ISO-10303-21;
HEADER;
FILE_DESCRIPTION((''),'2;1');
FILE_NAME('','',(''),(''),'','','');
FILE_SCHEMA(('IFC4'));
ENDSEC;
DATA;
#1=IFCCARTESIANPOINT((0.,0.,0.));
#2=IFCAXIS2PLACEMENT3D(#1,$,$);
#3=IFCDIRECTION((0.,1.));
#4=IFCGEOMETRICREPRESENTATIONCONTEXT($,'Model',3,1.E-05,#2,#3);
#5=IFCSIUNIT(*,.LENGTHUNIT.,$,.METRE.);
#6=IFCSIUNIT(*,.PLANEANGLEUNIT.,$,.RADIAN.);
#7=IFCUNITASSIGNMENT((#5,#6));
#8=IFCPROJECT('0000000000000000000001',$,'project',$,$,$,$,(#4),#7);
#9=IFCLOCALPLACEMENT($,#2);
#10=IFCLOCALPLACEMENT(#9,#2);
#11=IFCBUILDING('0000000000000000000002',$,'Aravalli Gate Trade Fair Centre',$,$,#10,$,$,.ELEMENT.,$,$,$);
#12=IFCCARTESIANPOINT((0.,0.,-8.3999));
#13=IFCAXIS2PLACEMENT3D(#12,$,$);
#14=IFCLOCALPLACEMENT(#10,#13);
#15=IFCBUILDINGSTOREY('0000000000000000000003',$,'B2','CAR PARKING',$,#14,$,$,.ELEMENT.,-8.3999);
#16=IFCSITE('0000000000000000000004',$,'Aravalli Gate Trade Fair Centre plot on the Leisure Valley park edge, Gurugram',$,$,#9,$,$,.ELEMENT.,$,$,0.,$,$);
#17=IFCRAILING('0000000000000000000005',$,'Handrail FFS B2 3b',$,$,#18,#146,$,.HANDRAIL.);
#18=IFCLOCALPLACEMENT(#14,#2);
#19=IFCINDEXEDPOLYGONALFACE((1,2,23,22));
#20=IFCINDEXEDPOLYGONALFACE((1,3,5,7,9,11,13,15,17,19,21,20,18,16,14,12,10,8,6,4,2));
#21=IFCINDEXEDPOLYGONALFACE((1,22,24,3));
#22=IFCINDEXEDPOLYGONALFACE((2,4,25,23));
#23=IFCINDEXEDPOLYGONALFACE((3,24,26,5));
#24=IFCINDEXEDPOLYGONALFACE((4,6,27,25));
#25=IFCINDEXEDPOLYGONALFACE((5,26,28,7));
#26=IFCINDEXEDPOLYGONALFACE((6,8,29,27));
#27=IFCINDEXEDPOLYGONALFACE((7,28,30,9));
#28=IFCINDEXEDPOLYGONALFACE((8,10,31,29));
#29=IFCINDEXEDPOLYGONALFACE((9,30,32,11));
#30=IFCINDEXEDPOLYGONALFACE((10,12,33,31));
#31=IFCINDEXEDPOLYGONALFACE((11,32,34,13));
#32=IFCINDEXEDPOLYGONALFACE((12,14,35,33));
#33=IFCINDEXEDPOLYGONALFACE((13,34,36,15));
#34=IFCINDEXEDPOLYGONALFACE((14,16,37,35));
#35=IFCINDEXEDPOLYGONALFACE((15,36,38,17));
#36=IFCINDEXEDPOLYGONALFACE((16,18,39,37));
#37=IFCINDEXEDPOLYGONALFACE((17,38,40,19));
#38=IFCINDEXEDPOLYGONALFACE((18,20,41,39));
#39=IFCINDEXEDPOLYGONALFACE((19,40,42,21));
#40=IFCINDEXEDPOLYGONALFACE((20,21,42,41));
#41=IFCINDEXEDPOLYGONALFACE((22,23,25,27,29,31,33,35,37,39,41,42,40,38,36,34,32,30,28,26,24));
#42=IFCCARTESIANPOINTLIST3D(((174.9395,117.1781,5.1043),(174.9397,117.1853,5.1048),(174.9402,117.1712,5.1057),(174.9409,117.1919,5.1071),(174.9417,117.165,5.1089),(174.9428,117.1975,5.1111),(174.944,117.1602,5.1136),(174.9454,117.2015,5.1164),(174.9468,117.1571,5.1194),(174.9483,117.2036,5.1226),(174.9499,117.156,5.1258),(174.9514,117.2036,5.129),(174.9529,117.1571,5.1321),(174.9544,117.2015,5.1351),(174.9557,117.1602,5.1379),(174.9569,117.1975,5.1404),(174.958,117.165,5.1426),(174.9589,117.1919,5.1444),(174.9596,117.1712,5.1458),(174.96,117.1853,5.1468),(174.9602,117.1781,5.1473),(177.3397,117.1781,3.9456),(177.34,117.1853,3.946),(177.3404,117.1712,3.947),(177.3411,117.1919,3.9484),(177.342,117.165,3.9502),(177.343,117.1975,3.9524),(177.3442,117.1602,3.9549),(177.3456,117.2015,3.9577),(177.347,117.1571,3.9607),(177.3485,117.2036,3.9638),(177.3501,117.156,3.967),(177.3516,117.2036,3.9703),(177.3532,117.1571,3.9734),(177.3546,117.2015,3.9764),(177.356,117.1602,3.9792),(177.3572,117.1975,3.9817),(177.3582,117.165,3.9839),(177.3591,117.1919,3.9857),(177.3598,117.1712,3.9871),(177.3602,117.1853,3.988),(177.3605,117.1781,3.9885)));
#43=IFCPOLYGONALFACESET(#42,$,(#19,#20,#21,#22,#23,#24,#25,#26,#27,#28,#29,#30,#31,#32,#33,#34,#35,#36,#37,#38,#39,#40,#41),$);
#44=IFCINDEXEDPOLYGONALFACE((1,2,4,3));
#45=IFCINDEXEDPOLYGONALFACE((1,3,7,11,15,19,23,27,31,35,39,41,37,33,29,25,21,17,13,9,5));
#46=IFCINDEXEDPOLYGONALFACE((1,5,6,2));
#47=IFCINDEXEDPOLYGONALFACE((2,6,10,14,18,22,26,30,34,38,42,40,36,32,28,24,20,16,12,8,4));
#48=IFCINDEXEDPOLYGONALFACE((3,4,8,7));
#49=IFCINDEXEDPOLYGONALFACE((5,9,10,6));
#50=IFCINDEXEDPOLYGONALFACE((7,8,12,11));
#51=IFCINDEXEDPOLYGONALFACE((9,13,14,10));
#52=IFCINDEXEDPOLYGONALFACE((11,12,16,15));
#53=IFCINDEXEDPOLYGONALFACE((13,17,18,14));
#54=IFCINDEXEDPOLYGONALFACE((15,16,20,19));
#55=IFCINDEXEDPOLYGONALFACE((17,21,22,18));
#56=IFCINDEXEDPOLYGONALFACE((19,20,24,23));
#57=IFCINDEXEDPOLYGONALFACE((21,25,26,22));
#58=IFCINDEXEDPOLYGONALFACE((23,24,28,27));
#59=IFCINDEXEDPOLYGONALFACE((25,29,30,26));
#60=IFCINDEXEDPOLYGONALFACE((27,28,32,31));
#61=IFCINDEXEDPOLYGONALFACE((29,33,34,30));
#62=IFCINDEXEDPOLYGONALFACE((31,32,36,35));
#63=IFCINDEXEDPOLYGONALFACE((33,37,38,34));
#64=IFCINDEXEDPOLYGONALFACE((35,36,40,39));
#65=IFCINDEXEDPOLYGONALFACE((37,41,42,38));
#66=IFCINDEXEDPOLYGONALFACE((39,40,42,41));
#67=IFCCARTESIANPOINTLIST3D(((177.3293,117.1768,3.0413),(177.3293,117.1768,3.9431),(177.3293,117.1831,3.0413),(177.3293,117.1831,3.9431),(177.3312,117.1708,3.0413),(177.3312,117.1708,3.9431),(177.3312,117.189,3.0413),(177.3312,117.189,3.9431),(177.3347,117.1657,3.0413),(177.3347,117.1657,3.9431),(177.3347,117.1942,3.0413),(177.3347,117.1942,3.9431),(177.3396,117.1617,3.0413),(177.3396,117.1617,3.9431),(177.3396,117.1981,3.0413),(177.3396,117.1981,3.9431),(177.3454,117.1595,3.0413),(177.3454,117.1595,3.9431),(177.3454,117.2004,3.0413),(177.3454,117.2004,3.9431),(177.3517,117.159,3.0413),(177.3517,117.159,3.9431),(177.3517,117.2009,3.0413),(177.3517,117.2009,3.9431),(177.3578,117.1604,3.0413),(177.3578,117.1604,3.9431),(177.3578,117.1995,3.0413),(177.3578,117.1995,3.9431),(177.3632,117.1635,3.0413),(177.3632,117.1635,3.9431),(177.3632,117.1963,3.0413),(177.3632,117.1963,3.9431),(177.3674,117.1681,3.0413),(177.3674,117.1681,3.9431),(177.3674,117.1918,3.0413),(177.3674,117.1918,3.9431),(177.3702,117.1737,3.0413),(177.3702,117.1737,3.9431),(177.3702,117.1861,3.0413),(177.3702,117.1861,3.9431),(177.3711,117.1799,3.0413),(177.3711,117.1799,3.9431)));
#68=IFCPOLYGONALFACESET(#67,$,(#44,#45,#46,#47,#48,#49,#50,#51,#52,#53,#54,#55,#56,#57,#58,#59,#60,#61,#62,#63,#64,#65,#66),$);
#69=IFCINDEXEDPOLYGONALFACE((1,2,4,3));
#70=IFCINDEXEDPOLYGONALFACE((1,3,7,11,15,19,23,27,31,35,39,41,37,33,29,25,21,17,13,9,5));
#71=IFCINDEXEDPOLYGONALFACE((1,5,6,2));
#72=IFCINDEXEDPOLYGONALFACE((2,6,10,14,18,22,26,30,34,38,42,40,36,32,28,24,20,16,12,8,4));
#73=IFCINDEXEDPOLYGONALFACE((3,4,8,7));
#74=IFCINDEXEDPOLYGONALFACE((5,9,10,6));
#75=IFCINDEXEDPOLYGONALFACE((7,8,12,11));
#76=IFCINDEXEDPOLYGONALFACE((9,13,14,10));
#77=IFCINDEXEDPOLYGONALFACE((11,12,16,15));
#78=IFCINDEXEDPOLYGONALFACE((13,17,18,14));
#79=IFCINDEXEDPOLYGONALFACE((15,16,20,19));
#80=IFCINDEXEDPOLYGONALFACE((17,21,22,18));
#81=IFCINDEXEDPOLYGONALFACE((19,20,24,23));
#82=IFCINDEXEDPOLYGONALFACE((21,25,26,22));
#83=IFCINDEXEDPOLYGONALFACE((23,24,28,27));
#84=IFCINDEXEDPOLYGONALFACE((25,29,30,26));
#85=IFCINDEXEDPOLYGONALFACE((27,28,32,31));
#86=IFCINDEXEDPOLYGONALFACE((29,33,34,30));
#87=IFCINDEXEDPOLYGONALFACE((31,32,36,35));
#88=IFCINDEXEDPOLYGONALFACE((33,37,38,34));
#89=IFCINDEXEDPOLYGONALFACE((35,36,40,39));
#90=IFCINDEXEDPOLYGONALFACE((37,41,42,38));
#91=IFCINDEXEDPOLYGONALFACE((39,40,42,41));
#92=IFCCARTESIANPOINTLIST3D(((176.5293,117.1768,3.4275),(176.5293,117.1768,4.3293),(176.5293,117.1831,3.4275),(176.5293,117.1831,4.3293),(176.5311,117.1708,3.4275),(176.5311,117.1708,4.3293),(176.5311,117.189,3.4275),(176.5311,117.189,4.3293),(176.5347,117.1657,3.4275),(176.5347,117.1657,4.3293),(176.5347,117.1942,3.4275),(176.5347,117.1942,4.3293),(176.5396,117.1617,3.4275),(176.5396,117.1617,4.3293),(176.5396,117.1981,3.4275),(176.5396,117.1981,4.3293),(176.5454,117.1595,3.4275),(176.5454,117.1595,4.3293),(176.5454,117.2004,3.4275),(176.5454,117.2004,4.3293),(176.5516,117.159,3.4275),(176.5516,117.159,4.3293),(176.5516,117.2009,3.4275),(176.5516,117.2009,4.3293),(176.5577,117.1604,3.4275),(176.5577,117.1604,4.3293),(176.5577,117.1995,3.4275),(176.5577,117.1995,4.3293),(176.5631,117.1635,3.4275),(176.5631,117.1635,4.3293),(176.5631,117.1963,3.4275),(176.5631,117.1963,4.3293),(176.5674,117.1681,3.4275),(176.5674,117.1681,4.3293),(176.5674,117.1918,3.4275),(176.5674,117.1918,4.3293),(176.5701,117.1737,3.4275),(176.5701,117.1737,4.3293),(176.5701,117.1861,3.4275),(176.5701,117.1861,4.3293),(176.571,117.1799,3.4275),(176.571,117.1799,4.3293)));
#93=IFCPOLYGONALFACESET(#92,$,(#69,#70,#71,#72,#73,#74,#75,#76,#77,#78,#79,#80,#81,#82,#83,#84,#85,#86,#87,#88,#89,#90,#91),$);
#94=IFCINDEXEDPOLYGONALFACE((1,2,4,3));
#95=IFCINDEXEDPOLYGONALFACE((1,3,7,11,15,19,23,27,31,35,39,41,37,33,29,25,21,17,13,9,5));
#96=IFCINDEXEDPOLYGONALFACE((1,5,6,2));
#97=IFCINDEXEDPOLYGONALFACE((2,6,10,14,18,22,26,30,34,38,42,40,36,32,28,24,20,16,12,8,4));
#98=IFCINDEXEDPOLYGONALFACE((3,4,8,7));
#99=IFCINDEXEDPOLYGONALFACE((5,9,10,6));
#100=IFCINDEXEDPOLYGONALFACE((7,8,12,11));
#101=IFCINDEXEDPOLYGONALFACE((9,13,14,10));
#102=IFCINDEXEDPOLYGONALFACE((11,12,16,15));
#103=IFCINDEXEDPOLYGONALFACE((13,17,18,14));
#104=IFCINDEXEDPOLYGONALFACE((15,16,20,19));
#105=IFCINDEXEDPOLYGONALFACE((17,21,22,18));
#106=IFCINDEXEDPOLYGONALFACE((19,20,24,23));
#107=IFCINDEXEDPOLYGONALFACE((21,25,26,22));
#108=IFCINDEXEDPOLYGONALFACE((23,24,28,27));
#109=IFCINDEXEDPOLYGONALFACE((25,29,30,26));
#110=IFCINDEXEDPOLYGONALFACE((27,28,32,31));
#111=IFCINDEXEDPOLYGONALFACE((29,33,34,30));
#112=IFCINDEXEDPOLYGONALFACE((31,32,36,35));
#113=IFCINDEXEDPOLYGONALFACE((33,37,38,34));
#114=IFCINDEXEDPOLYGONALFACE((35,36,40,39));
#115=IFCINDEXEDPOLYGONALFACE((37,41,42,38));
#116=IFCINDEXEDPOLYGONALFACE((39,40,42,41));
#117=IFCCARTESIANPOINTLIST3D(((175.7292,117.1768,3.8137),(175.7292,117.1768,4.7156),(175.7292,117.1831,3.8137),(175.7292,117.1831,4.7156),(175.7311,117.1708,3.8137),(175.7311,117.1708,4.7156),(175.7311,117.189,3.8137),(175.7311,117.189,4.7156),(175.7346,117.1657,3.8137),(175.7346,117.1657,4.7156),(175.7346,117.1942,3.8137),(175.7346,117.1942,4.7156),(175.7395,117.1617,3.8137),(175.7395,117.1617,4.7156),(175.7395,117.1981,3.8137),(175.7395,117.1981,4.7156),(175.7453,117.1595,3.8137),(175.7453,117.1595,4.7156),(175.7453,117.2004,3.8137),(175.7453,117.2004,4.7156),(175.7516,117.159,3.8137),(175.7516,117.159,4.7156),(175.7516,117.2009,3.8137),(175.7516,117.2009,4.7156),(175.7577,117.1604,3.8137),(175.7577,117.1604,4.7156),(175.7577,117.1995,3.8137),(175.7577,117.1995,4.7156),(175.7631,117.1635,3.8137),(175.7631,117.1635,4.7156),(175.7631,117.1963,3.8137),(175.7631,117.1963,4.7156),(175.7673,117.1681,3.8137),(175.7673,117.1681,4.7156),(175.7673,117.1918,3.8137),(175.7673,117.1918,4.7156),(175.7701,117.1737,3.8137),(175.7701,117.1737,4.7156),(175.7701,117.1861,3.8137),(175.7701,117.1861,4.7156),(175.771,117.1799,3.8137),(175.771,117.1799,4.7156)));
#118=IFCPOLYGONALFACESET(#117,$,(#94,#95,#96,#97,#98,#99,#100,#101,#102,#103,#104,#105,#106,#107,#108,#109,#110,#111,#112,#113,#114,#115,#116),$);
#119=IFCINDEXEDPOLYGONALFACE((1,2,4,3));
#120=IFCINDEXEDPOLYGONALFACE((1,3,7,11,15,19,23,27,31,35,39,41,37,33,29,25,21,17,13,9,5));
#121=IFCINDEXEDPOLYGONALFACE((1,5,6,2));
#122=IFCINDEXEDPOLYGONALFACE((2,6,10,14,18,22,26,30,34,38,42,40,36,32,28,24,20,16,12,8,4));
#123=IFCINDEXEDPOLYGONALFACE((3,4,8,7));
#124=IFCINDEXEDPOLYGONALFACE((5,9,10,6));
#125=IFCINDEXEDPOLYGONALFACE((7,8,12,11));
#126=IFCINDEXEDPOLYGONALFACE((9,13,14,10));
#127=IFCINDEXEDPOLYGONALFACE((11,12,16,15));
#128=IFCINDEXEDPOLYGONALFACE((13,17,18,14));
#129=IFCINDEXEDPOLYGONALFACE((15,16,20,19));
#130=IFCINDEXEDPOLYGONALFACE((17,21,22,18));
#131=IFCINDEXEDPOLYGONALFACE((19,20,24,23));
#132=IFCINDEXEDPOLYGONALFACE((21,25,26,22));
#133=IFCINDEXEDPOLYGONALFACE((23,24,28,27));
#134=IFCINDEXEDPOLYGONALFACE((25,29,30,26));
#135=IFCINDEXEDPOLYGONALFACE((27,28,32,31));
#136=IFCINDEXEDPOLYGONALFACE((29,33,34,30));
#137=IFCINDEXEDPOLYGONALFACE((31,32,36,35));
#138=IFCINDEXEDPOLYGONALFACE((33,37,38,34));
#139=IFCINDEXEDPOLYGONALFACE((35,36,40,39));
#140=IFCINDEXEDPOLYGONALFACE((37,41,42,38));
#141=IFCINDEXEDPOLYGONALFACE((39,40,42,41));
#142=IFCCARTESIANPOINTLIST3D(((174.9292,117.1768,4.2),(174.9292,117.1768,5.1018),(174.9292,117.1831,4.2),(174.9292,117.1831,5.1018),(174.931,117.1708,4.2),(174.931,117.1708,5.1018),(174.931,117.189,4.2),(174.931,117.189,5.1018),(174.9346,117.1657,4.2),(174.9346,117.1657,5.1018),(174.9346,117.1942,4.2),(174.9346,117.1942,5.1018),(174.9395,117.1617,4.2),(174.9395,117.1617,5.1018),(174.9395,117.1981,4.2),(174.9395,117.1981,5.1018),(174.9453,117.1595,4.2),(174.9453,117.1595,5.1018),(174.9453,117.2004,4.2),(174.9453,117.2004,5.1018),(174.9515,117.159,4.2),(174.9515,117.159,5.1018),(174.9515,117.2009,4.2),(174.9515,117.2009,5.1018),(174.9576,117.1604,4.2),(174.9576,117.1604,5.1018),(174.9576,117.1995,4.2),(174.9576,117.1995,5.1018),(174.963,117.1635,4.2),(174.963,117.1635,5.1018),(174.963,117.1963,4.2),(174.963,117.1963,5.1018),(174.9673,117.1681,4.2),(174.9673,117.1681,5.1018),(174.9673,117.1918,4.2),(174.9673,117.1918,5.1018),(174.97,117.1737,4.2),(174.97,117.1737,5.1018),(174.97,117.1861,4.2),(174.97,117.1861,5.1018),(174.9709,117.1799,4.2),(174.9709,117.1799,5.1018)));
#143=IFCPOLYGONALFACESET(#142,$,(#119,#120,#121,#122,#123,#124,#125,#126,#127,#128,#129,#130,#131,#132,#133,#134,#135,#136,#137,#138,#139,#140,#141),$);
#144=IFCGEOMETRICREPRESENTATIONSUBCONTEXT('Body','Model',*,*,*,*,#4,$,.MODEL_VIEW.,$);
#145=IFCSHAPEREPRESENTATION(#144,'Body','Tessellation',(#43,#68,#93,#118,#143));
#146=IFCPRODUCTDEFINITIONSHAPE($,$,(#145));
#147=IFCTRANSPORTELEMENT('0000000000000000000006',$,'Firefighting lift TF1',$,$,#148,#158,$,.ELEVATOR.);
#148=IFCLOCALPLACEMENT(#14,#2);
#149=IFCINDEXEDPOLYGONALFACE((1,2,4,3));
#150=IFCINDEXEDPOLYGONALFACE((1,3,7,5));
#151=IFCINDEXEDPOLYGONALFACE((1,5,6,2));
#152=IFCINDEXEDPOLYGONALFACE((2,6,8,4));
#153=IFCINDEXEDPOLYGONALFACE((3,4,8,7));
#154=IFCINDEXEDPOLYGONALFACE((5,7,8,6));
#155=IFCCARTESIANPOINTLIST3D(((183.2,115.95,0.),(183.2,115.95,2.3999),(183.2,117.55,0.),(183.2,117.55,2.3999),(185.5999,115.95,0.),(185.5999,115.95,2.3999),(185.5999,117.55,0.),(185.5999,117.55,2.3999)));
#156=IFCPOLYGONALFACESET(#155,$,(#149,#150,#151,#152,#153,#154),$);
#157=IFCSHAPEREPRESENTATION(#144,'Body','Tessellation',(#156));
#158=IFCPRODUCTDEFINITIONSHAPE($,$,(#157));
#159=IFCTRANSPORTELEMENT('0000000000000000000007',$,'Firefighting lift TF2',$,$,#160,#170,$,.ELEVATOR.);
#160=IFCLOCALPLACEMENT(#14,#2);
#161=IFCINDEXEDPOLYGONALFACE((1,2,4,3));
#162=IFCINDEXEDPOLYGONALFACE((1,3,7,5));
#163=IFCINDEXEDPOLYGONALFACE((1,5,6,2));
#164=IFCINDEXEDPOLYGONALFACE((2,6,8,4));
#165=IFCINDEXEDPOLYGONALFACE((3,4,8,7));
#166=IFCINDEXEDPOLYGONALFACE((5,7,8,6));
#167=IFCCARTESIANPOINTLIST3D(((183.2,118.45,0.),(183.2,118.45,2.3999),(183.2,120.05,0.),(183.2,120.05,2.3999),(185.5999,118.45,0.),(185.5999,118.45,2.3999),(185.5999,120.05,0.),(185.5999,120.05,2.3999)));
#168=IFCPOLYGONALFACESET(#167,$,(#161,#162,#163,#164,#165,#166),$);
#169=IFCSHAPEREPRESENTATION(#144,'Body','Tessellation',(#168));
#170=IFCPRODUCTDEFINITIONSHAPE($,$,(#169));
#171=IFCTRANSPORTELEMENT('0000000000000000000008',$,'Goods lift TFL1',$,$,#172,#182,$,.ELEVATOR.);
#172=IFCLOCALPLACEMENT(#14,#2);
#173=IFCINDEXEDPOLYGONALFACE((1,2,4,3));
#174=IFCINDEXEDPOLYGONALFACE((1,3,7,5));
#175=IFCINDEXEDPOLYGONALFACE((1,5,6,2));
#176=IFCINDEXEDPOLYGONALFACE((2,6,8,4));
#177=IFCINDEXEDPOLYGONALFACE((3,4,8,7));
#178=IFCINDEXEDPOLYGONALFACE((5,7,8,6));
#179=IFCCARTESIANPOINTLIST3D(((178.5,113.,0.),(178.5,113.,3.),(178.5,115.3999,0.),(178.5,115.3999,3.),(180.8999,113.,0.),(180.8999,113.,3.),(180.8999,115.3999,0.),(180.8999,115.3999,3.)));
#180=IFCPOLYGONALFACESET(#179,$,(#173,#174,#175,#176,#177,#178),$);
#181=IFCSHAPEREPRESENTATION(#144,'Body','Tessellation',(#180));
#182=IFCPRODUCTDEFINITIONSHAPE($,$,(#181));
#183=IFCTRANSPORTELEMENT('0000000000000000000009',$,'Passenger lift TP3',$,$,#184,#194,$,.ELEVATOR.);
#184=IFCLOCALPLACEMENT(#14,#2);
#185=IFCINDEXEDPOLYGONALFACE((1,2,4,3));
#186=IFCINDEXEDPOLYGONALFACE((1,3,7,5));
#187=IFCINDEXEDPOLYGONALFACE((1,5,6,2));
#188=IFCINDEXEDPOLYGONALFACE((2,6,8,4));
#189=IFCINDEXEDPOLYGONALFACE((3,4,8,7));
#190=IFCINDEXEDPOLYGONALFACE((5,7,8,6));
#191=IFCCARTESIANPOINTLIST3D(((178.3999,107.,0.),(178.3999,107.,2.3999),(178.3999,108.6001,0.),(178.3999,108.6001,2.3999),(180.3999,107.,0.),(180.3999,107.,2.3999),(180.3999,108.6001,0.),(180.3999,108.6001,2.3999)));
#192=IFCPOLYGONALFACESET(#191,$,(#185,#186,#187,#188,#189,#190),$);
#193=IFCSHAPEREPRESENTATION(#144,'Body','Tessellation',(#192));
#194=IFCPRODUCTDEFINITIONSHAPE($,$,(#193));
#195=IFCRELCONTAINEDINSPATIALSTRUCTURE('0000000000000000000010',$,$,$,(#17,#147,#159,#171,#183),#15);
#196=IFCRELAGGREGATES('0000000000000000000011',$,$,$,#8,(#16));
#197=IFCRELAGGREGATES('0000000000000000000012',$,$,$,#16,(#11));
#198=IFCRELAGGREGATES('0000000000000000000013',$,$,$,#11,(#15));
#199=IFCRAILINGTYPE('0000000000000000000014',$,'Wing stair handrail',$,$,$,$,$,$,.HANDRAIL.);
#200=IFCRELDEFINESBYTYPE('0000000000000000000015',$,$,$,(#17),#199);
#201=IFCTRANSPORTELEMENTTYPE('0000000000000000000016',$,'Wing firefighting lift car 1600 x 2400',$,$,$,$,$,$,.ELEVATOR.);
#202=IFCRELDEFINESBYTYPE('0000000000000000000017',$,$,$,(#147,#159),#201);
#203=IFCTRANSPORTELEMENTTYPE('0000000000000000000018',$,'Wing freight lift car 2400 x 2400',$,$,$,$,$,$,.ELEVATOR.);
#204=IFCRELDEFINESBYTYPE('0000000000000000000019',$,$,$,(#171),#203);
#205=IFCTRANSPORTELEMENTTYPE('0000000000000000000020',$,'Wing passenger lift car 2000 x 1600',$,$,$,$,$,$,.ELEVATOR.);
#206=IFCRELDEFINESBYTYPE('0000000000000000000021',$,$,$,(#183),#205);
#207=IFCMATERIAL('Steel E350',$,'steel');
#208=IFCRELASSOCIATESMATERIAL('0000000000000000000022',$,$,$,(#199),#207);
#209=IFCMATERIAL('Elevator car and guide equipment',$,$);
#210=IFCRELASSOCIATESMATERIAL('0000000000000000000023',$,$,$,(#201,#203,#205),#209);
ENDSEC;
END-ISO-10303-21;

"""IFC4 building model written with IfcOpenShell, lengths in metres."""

from ifc_helpers import new_model, si_unit, direction, frame, origin, origin_2d, place, context, subcontext, project, spatial, rectangle, circle, extrude, material, type_object, element, save


model = new_model("IFC4")

# Units and contexts
model_context = context("Model", 3, precision=1e-05, world=origin(), true_north=direction((0.0, 1.0)))
body_context = subcontext(model_context, "Body", "Model", "MODEL_VIEW")
ifc_project = project(units=[si_unit("LENGTHUNIT", "METRE"), si_unit("PLANEANGLEUNIT", "RADIAN")], contexts=[model_context])

# Site, building, storey
site_placement = place(None, origin())
site = spatial("IfcSite", under=ifc_project, at=site_placement, Name="Aravalli Gate Trade Fair Centre plot on the Leisure Valley park edge, Gurugram", CompositionType="ELEMENT", RefElevation=0.0)
building_placement = place(site_placement, origin())
building = spatial("IfcBuilding", under=site, at=building_placement, Name="Aravalli Gate Trade Fair Centre", CompositionType="ELEMENT")
storey_placement = place(building_placement, frame((0.0, 0.0, -8.3999)))
storey = spatial("IfcBuildingStorey", under=building, at=storey_placement, Name="B2", Description="CAR PARKING", CompositionType="ELEMENT", Elevation=-8.3999)

# Railing
ifc_material_1 = material(Name="Steel E350", Category="steel")
railing_type = type_object("IfcRailingType", Name="Wing stair handrail", PredefinedType="HANDRAIL", material=ifc_material_1)
railing_1_placement = place(storey_placement, frame((177.3501, 117.1799, 3.0413)))
element("IfcRailing", 1, at=railing_1_placement, inside=storey, type_object=railing_type, Name="Handrail FFS B2 3b", PredefinedType="HANDRAIL", context=body_context, shape_type="SweptSolid", body=[
    extrude(circle(Radius=0.0239, at=origin_2d()), frame((0.0, 0.0, 0.9258), z_axis=(-0.900552, 0.0, 0.434749), x_axis=(0.0, -1.0, 0.0)), (0.0, 0.0, 1.0), 2.6653),
    extrude(circle(Radius=0.021, at=origin_2d()), origin(), (0.0, 0.0, 1.0), 0.9019),
    extrude(circle(Radius=0.021, at=origin_2d()), frame((-0.8, 0.0, 0.3862)), (0.0, 0.0, 1.0), 0.9019),
    extrude(circle(Radius=0.021, at=origin_2d()), frame((-1.6001, 0.0, 0.7725)), (0.0, 0.0, 1.0), 0.9019),
    extrude(circle(Radius=0.021, at=origin_2d()), frame((-2.4001, 0.0, 1.1587)), (0.0, 0.0, 1.0), 0.9019),
])

# Transport elements
ifc_material_2 = material(Name="Elevator car and guide equipment")
transport_element_type_1 = type_object("IfcTransportElementType", Name="Wing firefighting lift car 1600 x 2400", PredefinedType="ELEVATOR", material=ifc_material_2)
for number, where, z_axis, x_axis, name in (
    (2, (184.3999, 116.75, 0.0), (0.0, 0.0, 1.0), (1.0, 0.0, 0.0), "Firefighting lift TF1"),
    (3, (184.3999, 119.25, 0.0), (0.0, 0.0, 1.0), (1.0, 0.0, 0.0), "Firefighting lift TF2"),
):
    element("IfcTransportElement", number, at=place(storey_placement, frame(where, z_axis=z_axis, x_axis=x_axis)), inside=storey, type_object=transport_element_type_1, Name=name, PredefinedType="ELEVATOR", context=body_context, shape_type="SweptSolid", body=[
        extrude(rectangle(XDim=2.3999, YDim=1.6001, at=origin_2d()), origin(), (0.0, 0.0, 1.0), 2.3999),
    ])
transport_element_type_2 = type_object("IfcTransportElementType", Name="Wing freight lift car 2400 x 2400", PredefinedType="ELEVATOR", material=ifc_material_2)
transport_element_1_placement = place(storey_placement, frame((179.7, 114.2, 0.0), z_axis=(0.0, 0.0, 1.0), x_axis=(1.0, 0.0, 0.0)))
element("IfcTransportElement", 4, at=transport_element_1_placement, inside=storey, type_object=transport_element_type_2, Name="Goods lift TFL1", PredefinedType="ELEVATOR", context=body_context, shape_type="SweptSolid", body=[
    extrude(rectangle(XDim=2.3999, YDim=2.3999, at=origin_2d()), origin(), (0.0, 0.0, 1.0), 3.0),
])
transport_element_type_3 = type_object("IfcTransportElementType", Name="Wing passenger lift car 2000 x 1600", PredefinedType="ELEVATOR", material=ifc_material_2)
transport_element_2_placement = place(storey_placement, frame((179.3999, 107.8, 0.0), z_axis=(0.0, 0.0, 1.0), x_axis=(1.0, 0.0, 0.0)))
element("IfcTransportElement", 5, at=transport_element_2_placement, inside=storey, type_object=transport_element_type_3, Name="Passenger lift TP3", PredefinedType="ELEVATOR", context=body_context, shape_type="SweptSolid", body=[
    extrude(rectangle(XDim=2.0, YDim=1.6001, at=origin_2d()), origin(), (0.0, 0.0, 1.0), 2.3999),
])

save(model, "model.ifc")
